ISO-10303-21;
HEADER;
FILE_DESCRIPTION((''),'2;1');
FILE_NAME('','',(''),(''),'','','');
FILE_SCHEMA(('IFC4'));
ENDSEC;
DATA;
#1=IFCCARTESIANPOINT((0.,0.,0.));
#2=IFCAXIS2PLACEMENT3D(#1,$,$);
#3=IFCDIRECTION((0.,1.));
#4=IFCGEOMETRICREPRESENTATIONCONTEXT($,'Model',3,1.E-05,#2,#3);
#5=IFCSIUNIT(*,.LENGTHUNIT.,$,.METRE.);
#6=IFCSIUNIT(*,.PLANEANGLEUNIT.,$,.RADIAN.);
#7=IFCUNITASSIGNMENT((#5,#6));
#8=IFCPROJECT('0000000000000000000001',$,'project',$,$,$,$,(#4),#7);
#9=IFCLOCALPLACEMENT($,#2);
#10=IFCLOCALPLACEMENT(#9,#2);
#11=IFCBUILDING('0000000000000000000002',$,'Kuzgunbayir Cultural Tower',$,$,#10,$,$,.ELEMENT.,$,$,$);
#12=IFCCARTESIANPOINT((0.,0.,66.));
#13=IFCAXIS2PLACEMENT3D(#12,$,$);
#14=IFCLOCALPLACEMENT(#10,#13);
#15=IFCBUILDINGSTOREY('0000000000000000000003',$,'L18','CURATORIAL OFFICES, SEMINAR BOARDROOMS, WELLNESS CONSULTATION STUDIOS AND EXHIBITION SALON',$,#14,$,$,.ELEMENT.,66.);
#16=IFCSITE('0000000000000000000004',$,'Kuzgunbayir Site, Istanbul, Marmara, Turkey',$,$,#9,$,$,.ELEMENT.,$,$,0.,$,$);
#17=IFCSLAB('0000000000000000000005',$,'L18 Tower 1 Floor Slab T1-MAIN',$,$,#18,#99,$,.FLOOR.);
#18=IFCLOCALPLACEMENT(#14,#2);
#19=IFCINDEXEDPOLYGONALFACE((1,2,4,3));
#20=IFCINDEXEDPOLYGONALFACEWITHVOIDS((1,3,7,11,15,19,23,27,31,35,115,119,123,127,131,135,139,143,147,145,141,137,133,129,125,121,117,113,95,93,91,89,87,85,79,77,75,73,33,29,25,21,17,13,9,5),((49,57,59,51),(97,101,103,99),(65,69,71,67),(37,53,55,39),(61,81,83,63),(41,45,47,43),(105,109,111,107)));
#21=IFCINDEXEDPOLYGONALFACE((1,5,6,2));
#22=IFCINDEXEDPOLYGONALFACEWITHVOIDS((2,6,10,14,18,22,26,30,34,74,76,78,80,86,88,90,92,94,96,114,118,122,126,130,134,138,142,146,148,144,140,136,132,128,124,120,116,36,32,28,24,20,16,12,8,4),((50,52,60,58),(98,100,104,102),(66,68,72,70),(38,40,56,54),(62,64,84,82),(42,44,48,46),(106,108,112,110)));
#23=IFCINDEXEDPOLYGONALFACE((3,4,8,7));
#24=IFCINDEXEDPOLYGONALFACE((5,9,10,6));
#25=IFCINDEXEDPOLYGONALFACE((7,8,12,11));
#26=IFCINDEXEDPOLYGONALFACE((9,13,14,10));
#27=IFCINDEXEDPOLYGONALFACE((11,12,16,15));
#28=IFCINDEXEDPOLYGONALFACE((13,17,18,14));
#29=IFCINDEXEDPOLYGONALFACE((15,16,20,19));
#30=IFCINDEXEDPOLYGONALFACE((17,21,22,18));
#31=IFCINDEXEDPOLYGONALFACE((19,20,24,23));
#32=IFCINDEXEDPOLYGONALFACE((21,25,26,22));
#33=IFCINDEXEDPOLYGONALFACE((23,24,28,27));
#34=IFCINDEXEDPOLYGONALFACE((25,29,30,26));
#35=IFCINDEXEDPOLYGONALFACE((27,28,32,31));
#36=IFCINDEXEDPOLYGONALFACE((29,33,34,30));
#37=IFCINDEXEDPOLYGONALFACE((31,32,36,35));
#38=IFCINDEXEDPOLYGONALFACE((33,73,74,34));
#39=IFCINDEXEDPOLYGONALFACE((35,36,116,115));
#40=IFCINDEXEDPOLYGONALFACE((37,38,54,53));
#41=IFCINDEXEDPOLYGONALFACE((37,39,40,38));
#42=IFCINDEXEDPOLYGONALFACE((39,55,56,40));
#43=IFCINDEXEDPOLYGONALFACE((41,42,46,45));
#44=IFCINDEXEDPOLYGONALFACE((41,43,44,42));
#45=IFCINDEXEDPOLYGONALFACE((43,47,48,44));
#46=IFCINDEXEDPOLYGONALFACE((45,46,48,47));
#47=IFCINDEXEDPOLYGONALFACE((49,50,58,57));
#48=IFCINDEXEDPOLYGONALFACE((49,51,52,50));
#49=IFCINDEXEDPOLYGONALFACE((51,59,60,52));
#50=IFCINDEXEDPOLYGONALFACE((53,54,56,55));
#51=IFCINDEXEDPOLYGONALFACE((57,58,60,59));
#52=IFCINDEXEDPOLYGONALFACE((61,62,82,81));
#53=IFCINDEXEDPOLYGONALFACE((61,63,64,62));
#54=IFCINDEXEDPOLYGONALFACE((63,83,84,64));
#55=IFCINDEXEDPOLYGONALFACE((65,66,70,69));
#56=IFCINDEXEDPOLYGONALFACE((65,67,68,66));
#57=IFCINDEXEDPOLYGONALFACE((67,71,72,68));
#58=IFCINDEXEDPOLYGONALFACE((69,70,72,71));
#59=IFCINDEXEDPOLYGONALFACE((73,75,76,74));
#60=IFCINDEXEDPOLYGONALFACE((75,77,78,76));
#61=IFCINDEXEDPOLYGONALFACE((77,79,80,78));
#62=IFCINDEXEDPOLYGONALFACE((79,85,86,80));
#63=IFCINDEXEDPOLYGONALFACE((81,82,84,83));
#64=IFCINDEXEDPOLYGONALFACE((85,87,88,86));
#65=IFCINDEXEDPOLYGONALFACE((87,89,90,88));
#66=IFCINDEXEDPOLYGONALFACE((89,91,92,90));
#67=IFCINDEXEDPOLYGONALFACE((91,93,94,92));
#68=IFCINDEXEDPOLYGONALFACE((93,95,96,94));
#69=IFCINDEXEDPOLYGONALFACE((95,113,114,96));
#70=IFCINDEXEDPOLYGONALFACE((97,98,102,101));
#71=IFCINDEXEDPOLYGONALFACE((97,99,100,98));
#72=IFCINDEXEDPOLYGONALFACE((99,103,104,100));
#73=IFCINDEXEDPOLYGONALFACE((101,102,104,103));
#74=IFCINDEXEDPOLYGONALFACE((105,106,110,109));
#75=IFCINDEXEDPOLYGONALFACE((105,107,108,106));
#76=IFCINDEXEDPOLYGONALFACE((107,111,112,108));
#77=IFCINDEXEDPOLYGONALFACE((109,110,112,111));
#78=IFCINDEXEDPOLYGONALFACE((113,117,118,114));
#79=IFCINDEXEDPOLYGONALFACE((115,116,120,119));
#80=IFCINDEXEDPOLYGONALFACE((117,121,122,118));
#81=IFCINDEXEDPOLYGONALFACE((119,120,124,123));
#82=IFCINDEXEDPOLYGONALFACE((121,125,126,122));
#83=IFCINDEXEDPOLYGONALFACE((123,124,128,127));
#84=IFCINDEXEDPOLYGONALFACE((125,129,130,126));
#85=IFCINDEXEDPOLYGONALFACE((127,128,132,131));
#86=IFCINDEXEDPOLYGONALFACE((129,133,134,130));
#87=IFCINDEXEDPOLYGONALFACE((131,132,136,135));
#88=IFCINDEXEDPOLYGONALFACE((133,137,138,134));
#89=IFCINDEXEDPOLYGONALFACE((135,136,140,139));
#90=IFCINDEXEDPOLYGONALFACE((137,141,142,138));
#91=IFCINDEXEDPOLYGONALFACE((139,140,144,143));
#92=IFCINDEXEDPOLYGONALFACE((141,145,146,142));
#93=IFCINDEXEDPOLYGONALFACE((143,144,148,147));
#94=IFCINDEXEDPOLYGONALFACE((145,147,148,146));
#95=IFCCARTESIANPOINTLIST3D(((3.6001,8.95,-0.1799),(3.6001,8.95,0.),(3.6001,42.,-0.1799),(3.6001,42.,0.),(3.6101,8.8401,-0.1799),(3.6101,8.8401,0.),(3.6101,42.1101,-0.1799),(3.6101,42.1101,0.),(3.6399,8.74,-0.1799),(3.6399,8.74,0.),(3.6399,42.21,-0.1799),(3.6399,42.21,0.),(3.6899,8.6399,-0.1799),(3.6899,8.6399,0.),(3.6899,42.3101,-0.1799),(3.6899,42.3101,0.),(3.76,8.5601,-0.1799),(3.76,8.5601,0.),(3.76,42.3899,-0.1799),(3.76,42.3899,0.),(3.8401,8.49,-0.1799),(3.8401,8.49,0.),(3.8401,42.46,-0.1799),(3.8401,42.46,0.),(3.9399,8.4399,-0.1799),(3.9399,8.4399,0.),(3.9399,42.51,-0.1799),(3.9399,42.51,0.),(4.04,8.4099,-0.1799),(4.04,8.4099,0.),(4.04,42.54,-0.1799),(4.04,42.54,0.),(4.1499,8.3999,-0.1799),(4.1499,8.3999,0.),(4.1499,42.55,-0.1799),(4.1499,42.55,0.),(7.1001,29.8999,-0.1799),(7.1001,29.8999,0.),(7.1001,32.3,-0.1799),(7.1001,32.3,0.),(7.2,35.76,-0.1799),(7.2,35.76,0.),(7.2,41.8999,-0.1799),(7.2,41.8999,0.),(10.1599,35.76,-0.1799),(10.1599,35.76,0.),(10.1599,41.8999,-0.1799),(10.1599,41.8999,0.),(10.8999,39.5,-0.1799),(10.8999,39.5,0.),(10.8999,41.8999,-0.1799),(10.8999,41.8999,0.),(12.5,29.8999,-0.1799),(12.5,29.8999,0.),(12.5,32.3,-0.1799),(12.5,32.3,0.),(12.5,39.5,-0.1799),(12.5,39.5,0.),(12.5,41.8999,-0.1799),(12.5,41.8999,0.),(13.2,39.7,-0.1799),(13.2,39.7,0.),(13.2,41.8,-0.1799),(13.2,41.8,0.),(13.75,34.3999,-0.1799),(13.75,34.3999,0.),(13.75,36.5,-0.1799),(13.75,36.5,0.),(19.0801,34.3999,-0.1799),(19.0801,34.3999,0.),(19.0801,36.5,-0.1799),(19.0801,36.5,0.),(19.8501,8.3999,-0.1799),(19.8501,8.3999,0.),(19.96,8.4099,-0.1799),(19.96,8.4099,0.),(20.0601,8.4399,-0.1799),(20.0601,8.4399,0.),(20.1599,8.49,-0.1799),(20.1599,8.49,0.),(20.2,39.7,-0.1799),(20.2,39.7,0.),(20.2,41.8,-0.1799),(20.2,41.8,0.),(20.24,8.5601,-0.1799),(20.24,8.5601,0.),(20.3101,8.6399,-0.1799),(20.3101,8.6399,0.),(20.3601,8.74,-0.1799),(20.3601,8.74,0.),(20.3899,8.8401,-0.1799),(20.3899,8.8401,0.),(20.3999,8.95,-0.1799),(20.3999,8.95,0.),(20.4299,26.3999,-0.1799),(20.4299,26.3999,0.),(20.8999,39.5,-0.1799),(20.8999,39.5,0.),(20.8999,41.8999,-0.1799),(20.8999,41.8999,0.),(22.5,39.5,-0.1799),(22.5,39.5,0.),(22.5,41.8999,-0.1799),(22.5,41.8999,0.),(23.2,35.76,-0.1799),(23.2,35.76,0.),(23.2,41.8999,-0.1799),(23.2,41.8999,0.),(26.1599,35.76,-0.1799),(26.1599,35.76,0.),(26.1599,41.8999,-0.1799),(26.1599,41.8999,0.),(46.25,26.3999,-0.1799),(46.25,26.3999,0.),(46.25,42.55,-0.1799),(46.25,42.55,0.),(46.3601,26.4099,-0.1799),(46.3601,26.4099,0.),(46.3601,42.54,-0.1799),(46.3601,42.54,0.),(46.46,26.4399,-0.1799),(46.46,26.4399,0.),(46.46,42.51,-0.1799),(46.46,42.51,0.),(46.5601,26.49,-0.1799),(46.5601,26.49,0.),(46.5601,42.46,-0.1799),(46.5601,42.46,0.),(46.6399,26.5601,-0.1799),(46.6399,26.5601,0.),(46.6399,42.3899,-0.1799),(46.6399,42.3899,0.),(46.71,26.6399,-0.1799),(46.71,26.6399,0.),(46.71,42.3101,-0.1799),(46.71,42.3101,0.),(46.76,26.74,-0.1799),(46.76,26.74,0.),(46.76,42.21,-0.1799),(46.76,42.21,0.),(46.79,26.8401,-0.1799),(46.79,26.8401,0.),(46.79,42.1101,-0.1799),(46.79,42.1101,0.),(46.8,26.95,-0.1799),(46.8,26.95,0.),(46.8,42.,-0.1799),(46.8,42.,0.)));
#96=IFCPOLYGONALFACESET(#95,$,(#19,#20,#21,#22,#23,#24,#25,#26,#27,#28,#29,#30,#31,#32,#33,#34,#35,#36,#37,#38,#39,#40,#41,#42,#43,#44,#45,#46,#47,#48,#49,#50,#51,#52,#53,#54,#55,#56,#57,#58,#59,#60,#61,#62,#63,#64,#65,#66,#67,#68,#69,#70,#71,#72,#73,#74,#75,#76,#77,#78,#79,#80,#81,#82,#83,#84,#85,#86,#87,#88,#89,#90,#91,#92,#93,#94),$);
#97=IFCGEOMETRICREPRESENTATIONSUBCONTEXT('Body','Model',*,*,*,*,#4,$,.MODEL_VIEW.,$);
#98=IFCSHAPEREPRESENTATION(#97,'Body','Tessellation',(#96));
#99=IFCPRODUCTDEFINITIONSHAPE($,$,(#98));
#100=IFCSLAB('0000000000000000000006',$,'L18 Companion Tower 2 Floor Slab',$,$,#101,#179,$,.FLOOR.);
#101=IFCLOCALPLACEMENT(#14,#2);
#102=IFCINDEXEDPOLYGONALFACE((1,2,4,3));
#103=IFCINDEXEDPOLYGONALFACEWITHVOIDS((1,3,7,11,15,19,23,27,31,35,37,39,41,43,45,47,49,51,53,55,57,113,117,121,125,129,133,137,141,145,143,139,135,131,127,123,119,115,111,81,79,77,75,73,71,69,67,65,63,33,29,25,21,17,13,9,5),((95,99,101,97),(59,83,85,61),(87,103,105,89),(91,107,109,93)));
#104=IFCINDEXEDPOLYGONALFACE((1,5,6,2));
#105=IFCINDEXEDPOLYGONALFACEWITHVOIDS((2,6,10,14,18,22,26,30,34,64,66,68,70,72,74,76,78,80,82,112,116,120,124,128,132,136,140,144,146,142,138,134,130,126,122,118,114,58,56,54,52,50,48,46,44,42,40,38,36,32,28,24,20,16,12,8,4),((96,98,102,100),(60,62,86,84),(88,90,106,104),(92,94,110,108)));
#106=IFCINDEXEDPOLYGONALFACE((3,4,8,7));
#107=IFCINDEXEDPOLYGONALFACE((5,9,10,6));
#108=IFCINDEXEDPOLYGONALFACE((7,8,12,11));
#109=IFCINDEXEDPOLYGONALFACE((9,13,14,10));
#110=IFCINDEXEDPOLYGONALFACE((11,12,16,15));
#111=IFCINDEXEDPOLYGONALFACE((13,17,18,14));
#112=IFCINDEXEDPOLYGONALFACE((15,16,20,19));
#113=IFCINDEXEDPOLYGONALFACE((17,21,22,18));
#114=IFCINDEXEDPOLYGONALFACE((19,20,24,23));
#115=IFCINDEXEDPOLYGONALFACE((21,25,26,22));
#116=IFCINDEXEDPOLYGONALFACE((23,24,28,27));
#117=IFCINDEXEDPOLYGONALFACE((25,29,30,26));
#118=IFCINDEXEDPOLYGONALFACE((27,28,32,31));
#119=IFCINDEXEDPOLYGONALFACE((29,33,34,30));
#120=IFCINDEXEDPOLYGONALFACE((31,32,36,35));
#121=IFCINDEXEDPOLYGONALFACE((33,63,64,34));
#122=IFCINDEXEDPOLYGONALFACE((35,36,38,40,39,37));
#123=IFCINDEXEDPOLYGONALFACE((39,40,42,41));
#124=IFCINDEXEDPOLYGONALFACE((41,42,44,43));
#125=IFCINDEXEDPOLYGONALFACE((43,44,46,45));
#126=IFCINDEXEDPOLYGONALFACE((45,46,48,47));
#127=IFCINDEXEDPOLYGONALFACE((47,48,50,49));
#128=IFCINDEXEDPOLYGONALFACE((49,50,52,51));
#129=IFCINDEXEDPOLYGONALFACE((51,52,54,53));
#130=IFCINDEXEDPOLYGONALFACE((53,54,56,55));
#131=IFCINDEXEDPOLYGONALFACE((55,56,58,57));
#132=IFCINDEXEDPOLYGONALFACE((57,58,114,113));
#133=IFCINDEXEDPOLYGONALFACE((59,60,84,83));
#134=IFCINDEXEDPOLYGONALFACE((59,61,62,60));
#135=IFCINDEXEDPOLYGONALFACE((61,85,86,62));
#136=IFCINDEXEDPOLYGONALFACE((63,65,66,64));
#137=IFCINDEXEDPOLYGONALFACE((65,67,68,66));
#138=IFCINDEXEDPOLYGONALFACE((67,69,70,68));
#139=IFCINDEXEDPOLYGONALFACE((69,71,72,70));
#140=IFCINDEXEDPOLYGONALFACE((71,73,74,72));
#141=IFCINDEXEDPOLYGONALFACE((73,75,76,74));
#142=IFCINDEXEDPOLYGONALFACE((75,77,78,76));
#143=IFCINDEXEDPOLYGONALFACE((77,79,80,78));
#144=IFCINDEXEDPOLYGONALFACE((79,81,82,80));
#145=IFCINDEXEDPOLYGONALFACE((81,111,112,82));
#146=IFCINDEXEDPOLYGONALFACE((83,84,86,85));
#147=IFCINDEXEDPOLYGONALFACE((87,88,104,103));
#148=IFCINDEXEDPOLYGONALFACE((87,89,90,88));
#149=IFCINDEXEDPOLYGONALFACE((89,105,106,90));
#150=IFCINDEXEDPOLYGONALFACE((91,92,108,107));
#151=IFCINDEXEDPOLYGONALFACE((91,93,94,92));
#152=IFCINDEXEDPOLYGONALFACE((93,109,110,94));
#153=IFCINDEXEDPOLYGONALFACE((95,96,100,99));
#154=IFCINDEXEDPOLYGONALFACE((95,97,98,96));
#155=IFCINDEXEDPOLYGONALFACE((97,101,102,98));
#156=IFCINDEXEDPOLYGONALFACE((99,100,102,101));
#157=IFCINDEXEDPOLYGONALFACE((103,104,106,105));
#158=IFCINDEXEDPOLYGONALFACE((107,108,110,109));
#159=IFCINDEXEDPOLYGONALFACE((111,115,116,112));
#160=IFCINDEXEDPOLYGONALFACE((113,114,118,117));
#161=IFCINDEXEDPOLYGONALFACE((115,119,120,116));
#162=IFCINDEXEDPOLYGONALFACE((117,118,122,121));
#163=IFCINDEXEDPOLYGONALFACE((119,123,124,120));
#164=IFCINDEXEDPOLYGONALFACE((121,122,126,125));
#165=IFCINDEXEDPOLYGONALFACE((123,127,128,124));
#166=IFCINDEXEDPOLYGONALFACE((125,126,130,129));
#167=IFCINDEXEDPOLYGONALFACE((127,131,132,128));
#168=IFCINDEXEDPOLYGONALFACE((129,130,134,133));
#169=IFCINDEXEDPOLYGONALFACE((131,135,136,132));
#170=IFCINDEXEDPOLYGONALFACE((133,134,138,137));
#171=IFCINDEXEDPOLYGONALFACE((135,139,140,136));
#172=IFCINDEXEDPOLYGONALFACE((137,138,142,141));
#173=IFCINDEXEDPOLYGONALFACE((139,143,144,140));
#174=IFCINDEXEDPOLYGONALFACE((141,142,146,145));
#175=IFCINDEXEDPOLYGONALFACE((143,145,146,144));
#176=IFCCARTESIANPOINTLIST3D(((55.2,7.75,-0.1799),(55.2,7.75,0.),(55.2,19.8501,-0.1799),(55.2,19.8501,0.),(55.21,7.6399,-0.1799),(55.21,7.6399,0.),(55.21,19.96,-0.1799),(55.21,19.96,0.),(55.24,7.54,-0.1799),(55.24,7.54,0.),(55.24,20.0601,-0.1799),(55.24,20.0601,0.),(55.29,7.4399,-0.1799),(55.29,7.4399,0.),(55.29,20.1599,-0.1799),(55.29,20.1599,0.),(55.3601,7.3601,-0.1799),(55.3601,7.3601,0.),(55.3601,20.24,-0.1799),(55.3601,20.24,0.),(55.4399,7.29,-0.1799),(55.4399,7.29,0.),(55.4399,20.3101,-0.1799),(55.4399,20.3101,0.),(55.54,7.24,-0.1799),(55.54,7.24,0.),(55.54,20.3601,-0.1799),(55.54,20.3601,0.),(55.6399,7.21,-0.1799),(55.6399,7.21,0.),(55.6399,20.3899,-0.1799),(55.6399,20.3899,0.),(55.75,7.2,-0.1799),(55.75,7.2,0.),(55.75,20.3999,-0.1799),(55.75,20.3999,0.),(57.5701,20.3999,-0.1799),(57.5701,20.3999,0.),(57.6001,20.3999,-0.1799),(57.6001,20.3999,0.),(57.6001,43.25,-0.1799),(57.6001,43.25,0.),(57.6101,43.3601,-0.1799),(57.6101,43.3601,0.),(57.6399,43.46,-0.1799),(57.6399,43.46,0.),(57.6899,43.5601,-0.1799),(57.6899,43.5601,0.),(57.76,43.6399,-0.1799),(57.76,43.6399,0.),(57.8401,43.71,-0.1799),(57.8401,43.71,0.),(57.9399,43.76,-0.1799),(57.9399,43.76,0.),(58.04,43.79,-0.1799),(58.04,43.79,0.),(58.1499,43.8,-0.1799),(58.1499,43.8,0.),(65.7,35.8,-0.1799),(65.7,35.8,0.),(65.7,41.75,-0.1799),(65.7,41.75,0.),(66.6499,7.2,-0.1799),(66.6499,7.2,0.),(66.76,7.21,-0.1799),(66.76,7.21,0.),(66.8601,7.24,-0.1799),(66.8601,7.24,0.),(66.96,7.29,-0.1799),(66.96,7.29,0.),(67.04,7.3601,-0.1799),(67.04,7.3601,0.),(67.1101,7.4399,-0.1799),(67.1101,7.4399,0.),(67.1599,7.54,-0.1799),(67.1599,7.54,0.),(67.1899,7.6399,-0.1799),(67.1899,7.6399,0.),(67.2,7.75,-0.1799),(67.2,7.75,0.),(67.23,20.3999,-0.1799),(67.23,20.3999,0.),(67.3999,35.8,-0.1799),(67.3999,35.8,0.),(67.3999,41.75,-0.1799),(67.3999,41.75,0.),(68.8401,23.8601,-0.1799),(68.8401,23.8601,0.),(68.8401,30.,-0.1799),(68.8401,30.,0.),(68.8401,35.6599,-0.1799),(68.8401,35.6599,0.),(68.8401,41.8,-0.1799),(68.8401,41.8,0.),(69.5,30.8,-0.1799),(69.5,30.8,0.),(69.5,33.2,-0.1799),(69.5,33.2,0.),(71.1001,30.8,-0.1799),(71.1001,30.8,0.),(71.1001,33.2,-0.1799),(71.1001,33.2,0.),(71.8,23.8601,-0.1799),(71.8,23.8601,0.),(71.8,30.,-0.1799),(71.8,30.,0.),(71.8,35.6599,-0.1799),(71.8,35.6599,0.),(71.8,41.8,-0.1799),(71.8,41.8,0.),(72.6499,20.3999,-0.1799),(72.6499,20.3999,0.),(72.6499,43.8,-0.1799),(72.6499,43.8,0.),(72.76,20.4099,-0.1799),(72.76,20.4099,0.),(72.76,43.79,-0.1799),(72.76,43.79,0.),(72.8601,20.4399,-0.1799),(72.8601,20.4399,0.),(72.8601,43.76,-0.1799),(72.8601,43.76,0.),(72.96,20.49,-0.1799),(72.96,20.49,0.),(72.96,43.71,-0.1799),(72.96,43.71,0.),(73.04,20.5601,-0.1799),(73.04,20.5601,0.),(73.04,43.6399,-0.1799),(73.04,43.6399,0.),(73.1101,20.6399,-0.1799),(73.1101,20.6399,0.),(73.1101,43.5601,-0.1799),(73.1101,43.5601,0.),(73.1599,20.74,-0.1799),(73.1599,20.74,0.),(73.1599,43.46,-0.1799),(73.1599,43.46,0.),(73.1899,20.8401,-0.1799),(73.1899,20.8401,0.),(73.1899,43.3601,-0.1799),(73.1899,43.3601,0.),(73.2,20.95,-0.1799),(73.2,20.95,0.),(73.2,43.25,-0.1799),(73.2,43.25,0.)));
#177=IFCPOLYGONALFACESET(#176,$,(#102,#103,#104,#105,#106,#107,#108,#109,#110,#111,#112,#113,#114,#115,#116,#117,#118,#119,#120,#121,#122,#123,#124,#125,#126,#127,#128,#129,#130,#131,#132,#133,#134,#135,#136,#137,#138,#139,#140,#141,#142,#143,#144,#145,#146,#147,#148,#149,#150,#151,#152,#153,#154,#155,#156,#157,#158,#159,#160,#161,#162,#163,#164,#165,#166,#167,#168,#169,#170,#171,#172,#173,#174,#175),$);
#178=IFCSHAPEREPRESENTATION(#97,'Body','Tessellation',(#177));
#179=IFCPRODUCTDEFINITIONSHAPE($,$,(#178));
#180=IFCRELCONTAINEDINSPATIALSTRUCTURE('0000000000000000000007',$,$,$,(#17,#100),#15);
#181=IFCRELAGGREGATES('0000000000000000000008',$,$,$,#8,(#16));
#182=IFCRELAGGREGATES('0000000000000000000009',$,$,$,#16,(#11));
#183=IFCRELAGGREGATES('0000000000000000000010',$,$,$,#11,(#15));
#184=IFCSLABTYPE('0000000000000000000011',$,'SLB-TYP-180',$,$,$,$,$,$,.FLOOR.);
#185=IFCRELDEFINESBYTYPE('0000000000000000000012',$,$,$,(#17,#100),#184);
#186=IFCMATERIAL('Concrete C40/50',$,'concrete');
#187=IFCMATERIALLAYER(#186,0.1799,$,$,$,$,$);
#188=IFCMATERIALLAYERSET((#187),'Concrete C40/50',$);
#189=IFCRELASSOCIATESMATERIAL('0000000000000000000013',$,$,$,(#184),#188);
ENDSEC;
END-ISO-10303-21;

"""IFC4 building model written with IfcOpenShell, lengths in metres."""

from ifc_helpers import new_model, si_unit, direction, frame, origin, place, context, subcontext, project, spatial, polyline, outline, extrude, material, layer, layer_set, type_object, element, save


model = new_model("IFC4")

# Units and contexts
model_context = context("Model", 3, precision=1e-05, world=origin(), true_north=direction((0.0, 1.0)))
body_context = subcontext(model_context, "Body", "Model", "MODEL_VIEW")
ifc_project = project(units=[si_unit("LENGTHUNIT", "METRE"), si_unit("PLANEANGLEUNIT", "RADIAN")], contexts=[model_context])

# Site, building, storey
site_placement = place(None, origin())
site = spatial("IfcSite", under=ifc_project, at=site_placement, Name="Kuzgunbayir Site, Istanbul, Marmara, Turkey", CompositionType="ELEMENT", RefElevation=0.0)
building_placement = place(site_placement, origin())
building = spatial("IfcBuilding", under=site, at=building_placement, Name="Kuzgunbayir Cultural Tower", CompositionType="ELEMENT")
storey_placement = place(building_placement, frame((0.0, 0.0, 66.0)))
storey = spatial("IfcBuildingStorey", under=building, at=storey_placement, Name="L18", Description="CURATORIAL OFFICES, SEMINAR BOARDROOMS, WELLNESS CONSULTATION STUDIOS AND EXHIBITION SALON", CompositionType="ELEMENT", Elevation=66.0)

# Shared definitions
ifc_material_1 = material(Name="Concrete C40/50", Category="concrete")

# Slabs
ifc_layer_1 = layer(ifc_material_1, 0.1799)
ifc_layer_set_1 = layer_set([ifc_layer_1], Name="Concrete C40/50")
slab_type_1 = type_object("IfcSlabType", Name="SLB-TYP-180", PredefinedType="FLOOR", material=ifc_layer_set_1)
slab_1_placement = place(storey_placement, frame((0.0, 0.0, -0.1799)))
element("IfcSlab", 1, at=slab_1_placement, inside=storey, type_object=slab_type_1, Name="L18 Tower 1 Floor Slab T1-MAIN", PredefinedType="FLOOR", context=body_context, shape_type="SweptSolid", body=[
    extrude(outline(polyline([(20.3999, 8.95), (20.3899, 8.8401), (20.3601, 8.74), (20.3101, 8.6399), (20.24, 8.5601), (20.1599, 8.49), (20.0601, 8.4399), (19.96, 8.4099), (19.8501, 8.3999), (4.1499, 8.3999), (4.04, 8.4099), (3.9399, 8.4399), (3.8401, 8.49), (3.76, 8.5601), (3.6899, 8.6399), (3.6399, 8.74), (3.6101, 8.8401), (3.6001, 8.95), (3.6001, 42.0), (3.6101, 42.1101), (3.6399, 42.21), (3.6899, 42.3101), (3.76, 42.3899), (3.8401, 42.46), (3.9399, 42.51), (4.04, 42.54), (4.1499, 42.55), (46.25, 42.55), (46.3601, 42.54), (46.46, 42.51), (46.5601, 42.46), (46.6399, 42.3899), (46.71, 42.3101), (46.76, 42.21), (46.79, 42.1101), (46.8, 42.0), (46.8, 26.95), (46.79, 26.8401), (46.76, 26.74), (46.71, 26.6399), (46.6399, 26.5601), (46.5601, 26.49), (46.46, 26.4399), (46.3601, 26.4099), (46.25, 26.3999), (20.4299, 26.3999), (20.3999, 8.95)]), holes=[polyline([(7.2, 35.76), (7.2, 41.8999), (10.1599, 41.8999), (10.1599, 35.76), (7.2, 35.76)]), polyline([(23.2, 35.76), (23.2, 41.8999), (26.1599, 41.8999), (26.1599, 35.76), (23.2, 35.76)]), polyline([(13.2, 39.7), (13.2, 41.8), (20.2, 41.8), (20.2, 39.7), (13.2, 39.7)]), polyline([(13.75, 34.3999), (13.75, 36.5), (19.0801, 36.5), (19.0801, 34.3999), (13.75, 34.3999)]), polyline([(7.1001, 29.8999), (7.1001, 32.3), (12.5, 32.3), (12.5, 29.8999), (7.1001, 29.8999)]), polyline([(10.8999, 39.5), (10.8999, 41.8999), (12.5, 41.8999), (12.5, 39.5), (10.8999, 39.5)]), polyline([(20.8999, 39.5), (20.8999, 41.8999), (22.5, 41.8999), (22.5, 39.5), (20.8999, 39.5)])]), origin(), (0.0, 0.0, 1.0), 0.1799),
])
slab_2_placement = place(storey_placement, frame((0.0, 0.0, -0.1799)))
element("IfcSlab", 2, at=slab_2_placement, inside=storey, type_object=slab_type_1, Name="L18 Companion Tower 2 Floor Slab", PredefinedType="FLOOR", context=body_context, shape_type="SweptSolid", body=[
    extrude(outline(polyline([(57.6001, 20.3999), (57.6001, 43.25), (57.6101, 43.3601), (57.6399, 43.46), (57.6899, 43.5601), (57.76, 43.6399), (57.8401, 43.71), (57.9399, 43.76), (58.04, 43.79), (58.1499, 43.8), (72.6499, 43.8), (72.76, 43.79), (72.8601, 43.76), (72.96, 43.71), (73.04, 43.6399), (73.1101, 43.5601), (73.1599, 43.46), (73.1899, 43.3601), (73.2, 43.25), (73.2, 20.95), (73.1899, 20.8401), (73.1599, 20.74), (73.1101, 20.6399), (73.04, 20.5601), (72.96, 20.49), (72.8601, 20.4399), (72.76, 20.4099), (72.6499, 20.3999), (67.23, 20.3999), (67.2, 7.75), (67.1899, 7.6399), (67.1599, 7.54), (67.1101, 7.4399), (67.04, 7.3601), (66.96, 7.29), (66.8601, 7.24), (66.76, 7.21), (66.6499, 7.2), (55.75, 7.2), (55.6399, 7.21), (55.54, 7.24), (55.4399, 7.29), (55.3601, 7.3601), (55.29, 7.4399), (55.24, 7.54), (55.21, 7.6399), (55.2, 7.75), (55.2, 19.8501), (55.21, 19.96), (55.24, 20.0601), (55.29, 20.1599), (55.3601, 20.24), (55.4399, 20.3101), (55.54, 20.3601), (55.6399, 20.3899), (55.75, 20.3999), (57.5701, 20.3999), (57.6001, 20.3999)]), holes=[polyline([(68.8401, 23.8601), (68.8401, 30.0), (71.8, 30.0), (71.8, 23.8601), (68.8401, 23.8601)]), polyline([(68.8401, 35.6599), (68.8401, 41.8), (71.8, 41.8), (71.8, 35.6599), (68.8401, 35.6599)]), polyline([(65.7, 35.8), (65.7, 41.75), (67.3999, 41.75), (67.3999, 35.8), (65.7, 35.8)]), polyline([(69.5, 30.8), (69.5, 33.2), (71.1001, 33.2), (71.1001, 30.8), (69.5, 30.8)])]), origin(), (0.0, 0.0, 1.0), 0.1799),
])

save(model, "model.ifc")
